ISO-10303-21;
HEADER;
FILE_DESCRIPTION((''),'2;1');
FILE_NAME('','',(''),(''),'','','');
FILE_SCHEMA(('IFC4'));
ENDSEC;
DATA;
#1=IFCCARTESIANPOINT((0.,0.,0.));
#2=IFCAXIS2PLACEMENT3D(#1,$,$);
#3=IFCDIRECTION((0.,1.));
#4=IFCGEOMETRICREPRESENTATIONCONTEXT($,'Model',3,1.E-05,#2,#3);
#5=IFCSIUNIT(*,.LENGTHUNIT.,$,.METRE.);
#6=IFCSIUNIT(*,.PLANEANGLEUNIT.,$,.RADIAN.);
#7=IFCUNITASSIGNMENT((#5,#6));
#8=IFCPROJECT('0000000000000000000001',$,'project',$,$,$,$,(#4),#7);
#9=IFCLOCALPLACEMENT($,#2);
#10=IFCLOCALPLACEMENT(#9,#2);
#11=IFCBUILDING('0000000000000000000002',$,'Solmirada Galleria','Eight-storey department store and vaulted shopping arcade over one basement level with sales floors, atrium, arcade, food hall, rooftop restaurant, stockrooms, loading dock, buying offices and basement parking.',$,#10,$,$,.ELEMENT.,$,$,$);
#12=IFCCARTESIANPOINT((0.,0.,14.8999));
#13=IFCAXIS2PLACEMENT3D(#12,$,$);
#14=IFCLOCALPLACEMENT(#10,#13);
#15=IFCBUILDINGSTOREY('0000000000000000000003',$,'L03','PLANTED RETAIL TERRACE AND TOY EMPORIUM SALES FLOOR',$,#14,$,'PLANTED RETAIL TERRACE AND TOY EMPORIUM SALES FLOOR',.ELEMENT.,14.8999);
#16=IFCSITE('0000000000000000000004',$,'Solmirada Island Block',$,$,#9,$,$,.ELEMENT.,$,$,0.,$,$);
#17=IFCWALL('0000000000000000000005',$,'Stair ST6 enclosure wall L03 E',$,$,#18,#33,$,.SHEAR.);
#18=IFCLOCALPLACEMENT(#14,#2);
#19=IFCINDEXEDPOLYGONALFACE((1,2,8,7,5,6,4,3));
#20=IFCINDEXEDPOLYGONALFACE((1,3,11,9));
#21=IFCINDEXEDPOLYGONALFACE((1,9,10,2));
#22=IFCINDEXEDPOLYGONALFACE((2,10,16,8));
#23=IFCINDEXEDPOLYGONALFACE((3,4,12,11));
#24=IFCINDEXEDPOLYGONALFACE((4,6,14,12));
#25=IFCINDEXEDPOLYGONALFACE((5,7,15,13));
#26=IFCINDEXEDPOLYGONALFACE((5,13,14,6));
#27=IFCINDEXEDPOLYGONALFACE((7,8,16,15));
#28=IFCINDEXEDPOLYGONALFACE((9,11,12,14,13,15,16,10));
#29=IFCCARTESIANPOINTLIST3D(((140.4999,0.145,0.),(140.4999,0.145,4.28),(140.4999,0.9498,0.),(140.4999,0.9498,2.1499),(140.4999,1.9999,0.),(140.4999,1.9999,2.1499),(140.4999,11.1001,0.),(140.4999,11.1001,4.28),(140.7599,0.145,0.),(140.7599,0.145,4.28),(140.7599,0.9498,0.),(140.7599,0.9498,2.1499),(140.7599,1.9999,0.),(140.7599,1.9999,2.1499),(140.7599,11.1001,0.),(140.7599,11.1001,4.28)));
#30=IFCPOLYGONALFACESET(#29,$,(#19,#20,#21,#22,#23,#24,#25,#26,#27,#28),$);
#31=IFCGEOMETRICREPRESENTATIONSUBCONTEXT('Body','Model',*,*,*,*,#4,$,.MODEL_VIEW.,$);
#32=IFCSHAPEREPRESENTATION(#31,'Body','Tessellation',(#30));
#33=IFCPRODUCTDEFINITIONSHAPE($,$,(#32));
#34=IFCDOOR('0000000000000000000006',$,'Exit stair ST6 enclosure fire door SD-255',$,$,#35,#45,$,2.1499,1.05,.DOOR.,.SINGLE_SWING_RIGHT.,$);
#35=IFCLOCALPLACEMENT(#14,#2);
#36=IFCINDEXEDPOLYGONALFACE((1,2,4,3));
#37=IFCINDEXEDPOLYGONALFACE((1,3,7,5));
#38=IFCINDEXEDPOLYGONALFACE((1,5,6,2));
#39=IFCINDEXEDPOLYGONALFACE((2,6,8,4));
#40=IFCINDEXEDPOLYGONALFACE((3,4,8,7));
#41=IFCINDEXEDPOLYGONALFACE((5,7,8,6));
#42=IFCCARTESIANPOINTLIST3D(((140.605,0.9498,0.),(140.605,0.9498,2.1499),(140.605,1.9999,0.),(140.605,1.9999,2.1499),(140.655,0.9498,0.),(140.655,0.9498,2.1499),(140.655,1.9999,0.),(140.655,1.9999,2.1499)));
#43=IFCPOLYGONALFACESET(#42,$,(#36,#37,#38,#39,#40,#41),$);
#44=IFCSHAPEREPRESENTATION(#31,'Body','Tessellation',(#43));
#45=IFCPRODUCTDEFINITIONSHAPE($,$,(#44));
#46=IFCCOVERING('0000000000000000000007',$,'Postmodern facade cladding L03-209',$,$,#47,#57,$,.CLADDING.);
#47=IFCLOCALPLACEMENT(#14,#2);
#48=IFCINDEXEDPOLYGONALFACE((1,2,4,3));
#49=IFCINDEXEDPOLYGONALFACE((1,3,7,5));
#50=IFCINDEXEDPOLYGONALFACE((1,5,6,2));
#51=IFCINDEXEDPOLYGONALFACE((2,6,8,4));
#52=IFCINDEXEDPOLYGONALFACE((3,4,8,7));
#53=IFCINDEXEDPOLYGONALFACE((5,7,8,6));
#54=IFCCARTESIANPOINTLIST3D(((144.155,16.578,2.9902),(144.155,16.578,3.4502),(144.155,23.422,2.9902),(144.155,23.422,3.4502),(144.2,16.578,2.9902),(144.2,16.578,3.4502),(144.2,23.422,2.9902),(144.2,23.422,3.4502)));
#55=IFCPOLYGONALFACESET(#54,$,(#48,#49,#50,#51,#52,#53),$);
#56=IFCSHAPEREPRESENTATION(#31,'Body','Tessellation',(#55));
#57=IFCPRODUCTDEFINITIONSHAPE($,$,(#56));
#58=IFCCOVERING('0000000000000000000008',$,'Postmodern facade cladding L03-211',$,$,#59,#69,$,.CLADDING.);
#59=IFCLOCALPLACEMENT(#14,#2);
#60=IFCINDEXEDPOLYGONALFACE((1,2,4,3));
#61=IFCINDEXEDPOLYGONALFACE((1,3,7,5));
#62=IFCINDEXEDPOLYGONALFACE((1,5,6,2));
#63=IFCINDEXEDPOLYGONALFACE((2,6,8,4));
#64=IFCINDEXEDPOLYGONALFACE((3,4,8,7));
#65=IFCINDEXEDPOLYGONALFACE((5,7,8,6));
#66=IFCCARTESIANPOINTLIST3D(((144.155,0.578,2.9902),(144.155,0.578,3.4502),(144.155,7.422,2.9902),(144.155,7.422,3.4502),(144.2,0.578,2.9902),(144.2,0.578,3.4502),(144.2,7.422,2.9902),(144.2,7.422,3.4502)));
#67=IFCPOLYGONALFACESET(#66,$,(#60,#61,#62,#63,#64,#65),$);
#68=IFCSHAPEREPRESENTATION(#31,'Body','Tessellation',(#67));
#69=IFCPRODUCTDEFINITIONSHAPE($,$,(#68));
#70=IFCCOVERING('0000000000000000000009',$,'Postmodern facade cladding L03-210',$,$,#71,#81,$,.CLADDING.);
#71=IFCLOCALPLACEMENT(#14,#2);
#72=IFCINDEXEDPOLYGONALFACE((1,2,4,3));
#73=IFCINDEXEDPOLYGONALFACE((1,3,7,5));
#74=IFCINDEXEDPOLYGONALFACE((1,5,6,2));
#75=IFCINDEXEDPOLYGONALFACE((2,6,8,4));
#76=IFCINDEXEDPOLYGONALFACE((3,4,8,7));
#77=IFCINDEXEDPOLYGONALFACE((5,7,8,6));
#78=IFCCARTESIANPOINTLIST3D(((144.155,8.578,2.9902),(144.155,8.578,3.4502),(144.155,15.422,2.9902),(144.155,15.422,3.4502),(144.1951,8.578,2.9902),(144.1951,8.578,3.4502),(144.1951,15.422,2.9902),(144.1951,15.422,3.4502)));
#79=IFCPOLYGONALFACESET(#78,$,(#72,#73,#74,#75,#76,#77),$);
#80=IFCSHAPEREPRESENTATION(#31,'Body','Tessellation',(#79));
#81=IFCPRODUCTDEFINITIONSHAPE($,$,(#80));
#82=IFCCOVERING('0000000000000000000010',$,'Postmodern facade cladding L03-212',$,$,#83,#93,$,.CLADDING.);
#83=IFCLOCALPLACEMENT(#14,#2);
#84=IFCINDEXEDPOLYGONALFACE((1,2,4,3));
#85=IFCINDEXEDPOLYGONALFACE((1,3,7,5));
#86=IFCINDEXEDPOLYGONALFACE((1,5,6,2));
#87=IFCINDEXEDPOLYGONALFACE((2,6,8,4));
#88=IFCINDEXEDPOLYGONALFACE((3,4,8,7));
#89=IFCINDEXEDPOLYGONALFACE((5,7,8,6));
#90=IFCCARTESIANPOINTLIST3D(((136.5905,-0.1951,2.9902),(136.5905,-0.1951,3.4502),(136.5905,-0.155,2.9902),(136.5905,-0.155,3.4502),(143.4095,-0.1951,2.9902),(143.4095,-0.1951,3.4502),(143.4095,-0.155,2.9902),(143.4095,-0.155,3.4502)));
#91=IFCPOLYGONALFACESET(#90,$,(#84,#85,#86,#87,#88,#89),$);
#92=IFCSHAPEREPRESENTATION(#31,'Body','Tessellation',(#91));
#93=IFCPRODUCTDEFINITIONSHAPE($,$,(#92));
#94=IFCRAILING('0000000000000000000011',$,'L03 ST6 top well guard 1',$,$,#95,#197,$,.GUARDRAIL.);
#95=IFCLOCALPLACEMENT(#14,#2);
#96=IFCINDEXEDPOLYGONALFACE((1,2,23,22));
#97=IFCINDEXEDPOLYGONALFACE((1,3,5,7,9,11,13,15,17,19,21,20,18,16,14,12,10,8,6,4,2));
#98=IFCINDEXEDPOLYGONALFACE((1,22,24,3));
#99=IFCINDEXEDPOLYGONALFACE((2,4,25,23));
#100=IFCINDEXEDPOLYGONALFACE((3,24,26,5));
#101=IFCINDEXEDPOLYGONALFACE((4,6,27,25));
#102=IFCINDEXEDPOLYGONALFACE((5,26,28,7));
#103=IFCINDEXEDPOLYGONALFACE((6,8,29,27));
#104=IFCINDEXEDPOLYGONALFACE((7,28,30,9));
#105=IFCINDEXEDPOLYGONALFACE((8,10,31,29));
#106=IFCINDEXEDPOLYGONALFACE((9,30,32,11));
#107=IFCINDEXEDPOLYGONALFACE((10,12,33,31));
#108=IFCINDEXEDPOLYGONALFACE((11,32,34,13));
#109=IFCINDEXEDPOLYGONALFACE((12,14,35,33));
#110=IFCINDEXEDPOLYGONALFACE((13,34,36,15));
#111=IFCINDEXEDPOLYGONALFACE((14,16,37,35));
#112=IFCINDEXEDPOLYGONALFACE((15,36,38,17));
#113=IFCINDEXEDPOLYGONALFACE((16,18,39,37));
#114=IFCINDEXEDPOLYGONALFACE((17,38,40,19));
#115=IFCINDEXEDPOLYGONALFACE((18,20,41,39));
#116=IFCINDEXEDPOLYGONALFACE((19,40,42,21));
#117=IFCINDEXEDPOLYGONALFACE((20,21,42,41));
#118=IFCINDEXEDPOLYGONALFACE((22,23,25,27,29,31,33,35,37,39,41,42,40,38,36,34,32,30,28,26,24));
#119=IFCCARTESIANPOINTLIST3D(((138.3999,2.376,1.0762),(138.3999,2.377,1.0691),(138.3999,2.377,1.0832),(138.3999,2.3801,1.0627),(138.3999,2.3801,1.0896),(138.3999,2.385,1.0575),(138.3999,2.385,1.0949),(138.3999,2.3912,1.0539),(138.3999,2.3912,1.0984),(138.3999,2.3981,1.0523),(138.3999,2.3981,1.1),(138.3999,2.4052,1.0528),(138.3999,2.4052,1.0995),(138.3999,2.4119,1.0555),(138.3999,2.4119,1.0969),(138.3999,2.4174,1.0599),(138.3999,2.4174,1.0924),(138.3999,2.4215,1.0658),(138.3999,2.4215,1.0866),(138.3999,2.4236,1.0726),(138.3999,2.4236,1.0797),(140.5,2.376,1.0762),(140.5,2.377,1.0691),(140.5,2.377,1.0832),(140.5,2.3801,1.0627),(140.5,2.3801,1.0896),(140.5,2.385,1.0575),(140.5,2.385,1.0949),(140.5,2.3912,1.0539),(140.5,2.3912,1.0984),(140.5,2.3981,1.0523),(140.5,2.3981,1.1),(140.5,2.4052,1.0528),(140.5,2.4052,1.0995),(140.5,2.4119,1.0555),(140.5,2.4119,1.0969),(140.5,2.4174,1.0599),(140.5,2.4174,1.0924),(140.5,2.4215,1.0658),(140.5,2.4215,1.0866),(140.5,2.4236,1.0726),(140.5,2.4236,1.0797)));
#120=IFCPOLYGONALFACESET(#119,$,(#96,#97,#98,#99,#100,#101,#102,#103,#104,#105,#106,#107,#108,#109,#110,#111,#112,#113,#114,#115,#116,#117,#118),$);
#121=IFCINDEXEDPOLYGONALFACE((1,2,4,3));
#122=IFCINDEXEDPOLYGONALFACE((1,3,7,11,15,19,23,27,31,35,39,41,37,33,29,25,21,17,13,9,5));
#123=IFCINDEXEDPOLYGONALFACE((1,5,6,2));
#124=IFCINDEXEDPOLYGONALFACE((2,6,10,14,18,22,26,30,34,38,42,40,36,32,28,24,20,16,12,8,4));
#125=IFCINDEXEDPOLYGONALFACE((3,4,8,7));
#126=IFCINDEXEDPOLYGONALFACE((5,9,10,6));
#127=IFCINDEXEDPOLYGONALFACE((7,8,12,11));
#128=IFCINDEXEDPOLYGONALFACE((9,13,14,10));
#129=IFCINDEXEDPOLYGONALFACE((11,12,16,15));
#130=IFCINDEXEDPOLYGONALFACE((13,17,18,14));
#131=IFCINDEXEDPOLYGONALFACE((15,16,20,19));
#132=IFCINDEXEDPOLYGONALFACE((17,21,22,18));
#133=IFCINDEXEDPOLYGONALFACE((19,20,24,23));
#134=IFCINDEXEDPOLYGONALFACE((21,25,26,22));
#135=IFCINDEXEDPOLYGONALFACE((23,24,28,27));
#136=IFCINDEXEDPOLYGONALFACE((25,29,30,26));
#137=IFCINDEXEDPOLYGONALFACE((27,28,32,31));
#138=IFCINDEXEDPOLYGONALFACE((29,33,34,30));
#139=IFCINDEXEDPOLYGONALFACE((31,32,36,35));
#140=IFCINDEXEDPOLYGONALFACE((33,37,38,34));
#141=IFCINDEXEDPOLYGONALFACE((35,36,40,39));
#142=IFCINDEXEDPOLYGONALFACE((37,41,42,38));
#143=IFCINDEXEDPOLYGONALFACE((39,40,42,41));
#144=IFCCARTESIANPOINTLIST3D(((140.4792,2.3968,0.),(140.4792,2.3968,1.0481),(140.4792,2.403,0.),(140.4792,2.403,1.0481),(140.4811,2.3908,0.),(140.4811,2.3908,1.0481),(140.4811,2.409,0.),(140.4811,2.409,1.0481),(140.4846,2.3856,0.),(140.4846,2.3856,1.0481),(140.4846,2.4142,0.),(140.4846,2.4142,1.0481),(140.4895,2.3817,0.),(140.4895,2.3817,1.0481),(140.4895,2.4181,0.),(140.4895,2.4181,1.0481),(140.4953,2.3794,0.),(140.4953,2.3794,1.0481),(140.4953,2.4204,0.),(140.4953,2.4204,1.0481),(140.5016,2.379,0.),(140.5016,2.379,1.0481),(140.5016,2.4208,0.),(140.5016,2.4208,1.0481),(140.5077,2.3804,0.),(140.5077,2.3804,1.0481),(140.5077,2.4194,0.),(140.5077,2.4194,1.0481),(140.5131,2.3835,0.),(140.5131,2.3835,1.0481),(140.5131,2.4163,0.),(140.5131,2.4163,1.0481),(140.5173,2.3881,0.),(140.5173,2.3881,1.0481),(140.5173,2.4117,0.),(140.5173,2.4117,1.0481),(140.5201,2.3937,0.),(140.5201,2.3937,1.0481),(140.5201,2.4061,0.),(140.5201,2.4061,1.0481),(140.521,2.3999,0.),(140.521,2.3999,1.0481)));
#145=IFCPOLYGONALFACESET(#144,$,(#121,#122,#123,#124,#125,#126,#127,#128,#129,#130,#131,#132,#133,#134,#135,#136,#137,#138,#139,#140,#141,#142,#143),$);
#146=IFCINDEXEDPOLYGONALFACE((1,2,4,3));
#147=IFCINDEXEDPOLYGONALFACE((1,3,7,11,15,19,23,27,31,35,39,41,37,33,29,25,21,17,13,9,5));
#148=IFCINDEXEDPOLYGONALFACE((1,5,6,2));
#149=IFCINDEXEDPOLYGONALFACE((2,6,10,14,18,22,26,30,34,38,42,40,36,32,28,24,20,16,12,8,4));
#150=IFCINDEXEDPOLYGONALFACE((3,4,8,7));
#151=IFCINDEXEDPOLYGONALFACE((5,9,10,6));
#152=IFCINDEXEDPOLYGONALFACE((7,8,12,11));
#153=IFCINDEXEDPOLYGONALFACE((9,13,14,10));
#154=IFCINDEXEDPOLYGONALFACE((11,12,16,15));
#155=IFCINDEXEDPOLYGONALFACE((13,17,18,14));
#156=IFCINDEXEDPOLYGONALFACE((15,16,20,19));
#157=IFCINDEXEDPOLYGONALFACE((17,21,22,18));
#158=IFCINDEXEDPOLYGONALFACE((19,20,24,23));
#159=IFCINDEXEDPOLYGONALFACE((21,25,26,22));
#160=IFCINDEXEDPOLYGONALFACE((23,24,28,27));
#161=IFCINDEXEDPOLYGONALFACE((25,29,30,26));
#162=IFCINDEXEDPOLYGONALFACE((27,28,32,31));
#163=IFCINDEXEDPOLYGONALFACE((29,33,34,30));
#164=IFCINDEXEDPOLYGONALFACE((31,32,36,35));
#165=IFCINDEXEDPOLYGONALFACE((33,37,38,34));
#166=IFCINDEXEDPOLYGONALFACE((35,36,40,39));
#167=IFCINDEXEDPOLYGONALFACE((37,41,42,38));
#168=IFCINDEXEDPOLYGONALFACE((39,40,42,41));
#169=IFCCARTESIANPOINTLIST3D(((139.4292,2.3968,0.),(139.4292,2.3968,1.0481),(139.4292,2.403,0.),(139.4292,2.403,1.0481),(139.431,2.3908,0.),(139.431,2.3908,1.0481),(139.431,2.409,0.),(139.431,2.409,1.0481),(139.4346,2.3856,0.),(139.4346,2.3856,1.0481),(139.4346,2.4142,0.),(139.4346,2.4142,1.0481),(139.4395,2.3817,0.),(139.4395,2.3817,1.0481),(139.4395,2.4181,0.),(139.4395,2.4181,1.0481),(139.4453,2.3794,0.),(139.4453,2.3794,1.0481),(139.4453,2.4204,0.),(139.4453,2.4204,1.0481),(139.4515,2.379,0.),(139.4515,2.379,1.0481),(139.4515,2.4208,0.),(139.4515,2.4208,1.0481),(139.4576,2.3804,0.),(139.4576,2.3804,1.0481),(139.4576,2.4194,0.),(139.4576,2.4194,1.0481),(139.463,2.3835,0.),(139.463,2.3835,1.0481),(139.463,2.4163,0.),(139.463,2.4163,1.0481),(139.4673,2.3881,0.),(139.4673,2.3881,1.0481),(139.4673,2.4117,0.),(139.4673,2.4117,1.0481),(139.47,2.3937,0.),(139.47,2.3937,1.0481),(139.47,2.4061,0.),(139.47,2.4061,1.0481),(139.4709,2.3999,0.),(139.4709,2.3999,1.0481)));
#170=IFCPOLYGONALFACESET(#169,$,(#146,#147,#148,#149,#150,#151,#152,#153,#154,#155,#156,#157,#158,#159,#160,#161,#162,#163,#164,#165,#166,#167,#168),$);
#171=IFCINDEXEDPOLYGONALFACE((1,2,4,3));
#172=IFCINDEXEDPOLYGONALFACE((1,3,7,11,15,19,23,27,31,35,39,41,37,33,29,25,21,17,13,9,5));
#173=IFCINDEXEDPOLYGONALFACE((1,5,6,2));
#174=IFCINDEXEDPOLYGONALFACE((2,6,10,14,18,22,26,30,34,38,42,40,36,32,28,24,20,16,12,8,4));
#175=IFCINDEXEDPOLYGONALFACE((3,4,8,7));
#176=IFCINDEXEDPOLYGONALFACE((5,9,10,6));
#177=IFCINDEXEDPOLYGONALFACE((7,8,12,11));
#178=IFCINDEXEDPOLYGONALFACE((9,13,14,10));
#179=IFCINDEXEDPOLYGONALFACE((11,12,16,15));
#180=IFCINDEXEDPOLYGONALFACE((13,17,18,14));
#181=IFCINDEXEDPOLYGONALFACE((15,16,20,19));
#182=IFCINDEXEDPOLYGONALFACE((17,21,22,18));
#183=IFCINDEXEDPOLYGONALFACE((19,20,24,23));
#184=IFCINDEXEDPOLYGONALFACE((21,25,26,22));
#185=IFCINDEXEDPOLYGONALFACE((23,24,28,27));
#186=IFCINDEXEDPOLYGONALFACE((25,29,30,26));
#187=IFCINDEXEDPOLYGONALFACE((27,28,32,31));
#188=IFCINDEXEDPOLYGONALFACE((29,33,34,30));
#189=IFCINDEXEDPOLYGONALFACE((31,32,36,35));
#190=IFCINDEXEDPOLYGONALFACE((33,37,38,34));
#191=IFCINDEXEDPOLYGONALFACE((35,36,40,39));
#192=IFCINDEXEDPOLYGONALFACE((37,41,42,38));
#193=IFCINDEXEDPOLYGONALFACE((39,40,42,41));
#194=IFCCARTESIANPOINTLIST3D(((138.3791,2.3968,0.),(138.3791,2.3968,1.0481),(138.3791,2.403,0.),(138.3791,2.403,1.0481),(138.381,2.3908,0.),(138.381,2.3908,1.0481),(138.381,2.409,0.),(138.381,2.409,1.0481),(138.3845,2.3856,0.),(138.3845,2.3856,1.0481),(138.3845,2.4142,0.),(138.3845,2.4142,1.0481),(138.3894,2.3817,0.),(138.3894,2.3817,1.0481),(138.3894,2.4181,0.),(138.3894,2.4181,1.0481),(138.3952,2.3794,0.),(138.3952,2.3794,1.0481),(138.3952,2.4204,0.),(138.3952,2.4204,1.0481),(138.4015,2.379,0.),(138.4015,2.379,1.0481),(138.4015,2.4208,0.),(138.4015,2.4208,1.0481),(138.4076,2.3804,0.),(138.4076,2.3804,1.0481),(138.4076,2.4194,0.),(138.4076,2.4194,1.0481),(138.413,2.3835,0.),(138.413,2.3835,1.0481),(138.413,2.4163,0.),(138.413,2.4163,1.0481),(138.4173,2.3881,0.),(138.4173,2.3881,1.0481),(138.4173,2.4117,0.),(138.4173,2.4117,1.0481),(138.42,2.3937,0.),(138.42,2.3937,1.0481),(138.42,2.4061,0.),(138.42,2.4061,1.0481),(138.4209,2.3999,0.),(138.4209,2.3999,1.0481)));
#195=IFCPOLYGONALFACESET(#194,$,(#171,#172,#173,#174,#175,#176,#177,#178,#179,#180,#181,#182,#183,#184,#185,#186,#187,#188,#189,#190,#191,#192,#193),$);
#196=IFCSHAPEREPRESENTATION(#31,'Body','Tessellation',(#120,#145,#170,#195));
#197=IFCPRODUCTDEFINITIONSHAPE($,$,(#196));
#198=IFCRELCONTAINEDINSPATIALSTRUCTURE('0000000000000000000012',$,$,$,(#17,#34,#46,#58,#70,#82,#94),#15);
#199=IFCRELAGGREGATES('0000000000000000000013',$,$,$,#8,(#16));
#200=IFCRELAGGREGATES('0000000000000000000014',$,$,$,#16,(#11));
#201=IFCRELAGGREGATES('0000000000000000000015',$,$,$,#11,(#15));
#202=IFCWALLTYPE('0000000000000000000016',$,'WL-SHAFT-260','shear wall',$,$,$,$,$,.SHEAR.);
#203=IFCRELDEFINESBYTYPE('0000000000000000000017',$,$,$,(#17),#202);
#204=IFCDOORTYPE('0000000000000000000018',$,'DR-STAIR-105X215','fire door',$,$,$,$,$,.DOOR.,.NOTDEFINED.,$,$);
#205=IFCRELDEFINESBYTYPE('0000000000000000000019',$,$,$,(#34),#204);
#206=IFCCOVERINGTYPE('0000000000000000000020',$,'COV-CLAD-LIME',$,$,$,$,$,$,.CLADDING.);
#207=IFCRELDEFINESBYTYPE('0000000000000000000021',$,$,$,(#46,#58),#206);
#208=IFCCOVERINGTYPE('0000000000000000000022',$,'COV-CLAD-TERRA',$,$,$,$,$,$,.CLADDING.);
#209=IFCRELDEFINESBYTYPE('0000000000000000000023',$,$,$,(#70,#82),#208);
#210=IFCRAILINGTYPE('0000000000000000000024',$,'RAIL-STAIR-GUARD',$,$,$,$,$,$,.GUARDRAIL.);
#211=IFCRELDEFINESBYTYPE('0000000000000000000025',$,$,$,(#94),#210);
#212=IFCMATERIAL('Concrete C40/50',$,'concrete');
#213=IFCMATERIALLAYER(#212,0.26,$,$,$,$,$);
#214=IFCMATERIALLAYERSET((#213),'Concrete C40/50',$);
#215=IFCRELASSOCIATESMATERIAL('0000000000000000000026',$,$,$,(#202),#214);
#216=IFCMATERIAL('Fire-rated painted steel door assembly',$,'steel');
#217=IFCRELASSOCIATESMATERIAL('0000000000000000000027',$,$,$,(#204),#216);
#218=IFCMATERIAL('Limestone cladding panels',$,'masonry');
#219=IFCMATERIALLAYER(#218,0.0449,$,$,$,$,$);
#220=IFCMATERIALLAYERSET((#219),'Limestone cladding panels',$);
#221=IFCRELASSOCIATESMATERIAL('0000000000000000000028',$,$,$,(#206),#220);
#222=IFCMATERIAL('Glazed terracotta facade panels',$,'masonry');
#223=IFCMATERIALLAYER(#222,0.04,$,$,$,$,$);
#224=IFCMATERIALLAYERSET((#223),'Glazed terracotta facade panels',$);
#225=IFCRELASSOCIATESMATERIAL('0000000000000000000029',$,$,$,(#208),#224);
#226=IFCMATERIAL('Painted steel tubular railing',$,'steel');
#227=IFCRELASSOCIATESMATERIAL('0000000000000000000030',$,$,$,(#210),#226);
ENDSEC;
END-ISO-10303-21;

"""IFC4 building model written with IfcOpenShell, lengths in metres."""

from ifc_helpers import new_model, si_unit, direction, frame, frame_2d, origin, origin_2d, place, context, subcontext, project, spatial, rectangle, circle, extrude, material, layer, layer_set, type_object, element, fill, save


model = new_model("IFC4")

# Units and contexts
model_context = context("Model", 3, precision=1e-05, world=origin(), true_north=direction((0.0, 1.0)))
body_context = subcontext(model_context, "Body", "Model", "MODEL_VIEW")
ifc_project = project(units=[si_unit("LENGTHUNIT", "METRE"), si_unit("PLANEANGLEUNIT", "RADIAN")], contexts=[model_context])

# Site, building, storey
site_placement = place(None, origin())
site = spatial("IfcSite", under=ifc_project, at=site_placement, Name="Solmirada Island Block", CompositionType="ELEMENT", RefElevation=0.0)
building_placement = place(site_placement, origin())
building = spatial("IfcBuilding", under=site, at=building_placement, Name="Solmirada Galleria", Description="Eight-storey department store and vaulted shopping arcade over one basement level with sales floors, atrium, arcade, food hall, rooftop restaurant, stockrooms, loading dock, buying offices and basement parking.", CompositionType="ELEMENT")
storey_placement = place(building_placement, frame((0.0, 0.0, 14.8999)))
storey = spatial("IfcBuildingStorey", under=building, at=storey_placement, Name="L03", Description="PLANTED RETAIL TERRACE AND TOY EMPORIUM SALES FLOOR", LongName="PLANTED RETAIL TERRACE AND TOY EMPORIUM SALES FLOOR", CompositionType="ELEMENT", Elevation=14.8999)

# Shared definitions
ifc_material_1 = material(Name="Concrete C40/50", Category="concrete")

# Wall, opening, door
ifc_layer_1 = layer(ifc_material_1, 0.26)
ifc_layer_set_1 = layer_set([ifc_layer_1], Name="Concrete C40/50")
wall_type_1 = type_object("IfcWallType", Name="WL-SHAFT-260", Description="shear wall", PredefinedType="SHEAR", material=ifc_layer_set_1)
wall_1_placement = place(storey_placement, frame((140.6299, 0.145, 0.0), z_axis=(0.0, 0.0, 1.0), x_axis=(0.0, 1.0, 0.0)))
wall_1 = element("IfcWall", 1, at=wall_1_placement, inside=storey, type_object=wall_type_1, Name="Stair ST6 enclosure wall L03 E", PredefinedType="SHEAR", context=body_context, shape_type="SweptSolid", body=[
    extrude(rectangle(XDim=10.9551, YDim=0.26, at=frame_2d((5.4775, 0.0))), origin(), (0.0, 0.0, 1.0), 4.28),
])
opening_1_placement = place(wall_1_placement, frame((0.8049, 0.0, 0.0)))
opening_1 = element("IfcOpeningElement", 2, at=opening_1_placement, cuts=wall_1, PredefinedType="OPENING", context=body_context, shape_type="SweptSolid", body=[
    extrude(rectangle(XDim=1.05, YDim=2.1499, at=frame_2d((0.5249, 1.075))), frame((0.0, 0.1399, 0.0), z_axis=(0.0, -1.0, 0.0), x_axis=(1.0, 0.0, 0.0)), (0.0, 0.0, 1.0), 0.28),
])
ifc_material_2 = material(Name="Fire-rated painted steel door assembly", Category="steel")
door_type_1 = type_object("IfcDoorType", Name="DR-STAIR-105X215", Description="fire door", OperationType="NOTDEFINED", PredefinedType="DOOR", material=ifc_material_2)
door_1_placement = place(opening_1_placement, origin())
door_1 = element("IfcDoor", 3, at=door_1_placement, inside=storey, type_object=door_type_1, Name="Exit stair ST6 enclosure fire door SD-255", OperationType="SINGLE_SWING_RIGHT", OverallHeight=2.1499, OverallWidth=1.05, PredefinedType="DOOR", context=body_context, shape_type="SweptSolid", body=[
    extrude(rectangle(XDim=1.05, YDim=2.1499, at=frame_2d((0.5249, 1.075))), frame((0.0, 0.0249, 0.0), z_axis=(0.0, -1.0, 0.0), x_axis=(1.0, 0.0, 0.0)), (0.0, 0.0, 1.0), 0.05),
])
fill(opening_1, door_1)

# Coverings
ifc_material_3 = material(Name="Limestone cladding panels", Category="masonry")
ifc_layer_2 = layer(ifc_material_3, 0.0449)
ifc_layer_set_2 = layer_set([ifc_layer_2], Name="Limestone cladding panels")
covering_type_1 = type_object("IfcCoveringType", Name="COV-CLAD-LIME", PredefinedType="CLADDING", material=ifc_layer_set_2)
for number, where, z_axis, x_axis, name in (
    (4, (144.1775, 20.0, 2.9902), (0.0, 0.0, 1.0), (0.0, -1.0, 0.0), "Postmodern facade cladding L03-209"),
    (5, (144.1775, 4.0, 2.9902), (0.0, 0.0, 1.0), (0.0, -1.0, 0.0), "Postmodern facade cladding L03-211"),
):
    element("IfcCovering", number, at=place(storey_placement, frame(where, z_axis=z_axis, x_axis=x_axis)), inside=storey, type_object=covering_type_1, Name=name, PredefinedType="CLADDING", context=body_context, shape_type="SweptSolid", body=[
        extrude(rectangle(XDim=6.844, YDim=0.0449, at=origin_2d()), origin(), (0.0, 0.0, 1.0), 0.46),
    ])
ifc_material_4 = material(Name="Glazed terracotta facade panels", Category="masonry")
ifc_layer_3 = layer(ifc_material_4, 0.04)
ifc_layer_set_3 = layer_set([ifc_layer_3], Name="Glazed terracotta facade panels")
covering_type_2 = type_object("IfcCoveringType", Name="COV-CLAD-TERRA", PredefinedType="CLADDING", material=ifc_layer_set_3)
covering_1_placement = place(storey_placement, frame((144.175, 12.0, 2.9902), z_axis=(0.0, 0.0, 1.0), x_axis=(0.0, -1.0, 0.0)))
element("IfcCovering", 6, at=covering_1_placement, inside=storey, type_object=covering_type_2, Name="Postmodern facade cladding L03-210", PredefinedType="CLADDING", context=body_context, shape_type="SweptSolid", body=[
    extrude(rectangle(XDim=6.844, YDim=0.04, at=origin_2d()), origin(), (0.0, 0.0, 1.0), 0.46),
])
covering_2_placement = place(storey_placement, frame((140.0, -0.175, 2.9902), z_axis=(0.0, 0.0, 1.0), x_axis=(-1.0, 0.0, 0.0)))
element("IfcCovering", 7, at=covering_2_placement, inside=storey, type_object=covering_type_2, Name="Postmodern facade cladding L03-212", PredefinedType="CLADDING", context=body_context, shape_type="SweptSolid", body=[
    extrude(rectangle(XDim=6.8191, YDim=0.04, at=origin_2d()), origin(), (0.0, 0.0, 1.0), 0.46),
])

# Railing
ifc_material_5 = material(Name="Painted steel tubular railing", Category="steel")
railing_type_1 = type_object("IfcRailingType", Name="RAIL-STAIR-GUARD", PredefinedType="GUARDRAIL", material=ifc_material_5)
railing_1_placement = place(storey_placement, frame((140.5, 2.3999, 0.0)))
element("IfcRailing", 8, at=railing_1_placement, inside=storey, type_object=railing_type_1, Name="L03 ST6 top well guard 1", PredefinedType="GUARDRAIL", context=body_context, shape_type="SweptSolid", body=[
    extrude(circle(Radius=0.0239, at=origin_2d()), frame((0.0, 0.0, 1.0762), z_axis=(-1.0, 0.0, 0.0), x_axis=(0.0, -1.0, 0.0)), (0.0, 0.0, 1.0), 2.1001),
    extrude(circle(Radius=0.021, at=origin_2d()), origin(), (0.0, 0.0, 1.0), 1.0481),
    extrude(circle(Radius=0.021, at=origin_2d()), frame((-1.05, 0.0, 0.0)), (0.0, 0.0, 1.0), 1.0481),
    extrude(circle(Radius=0.021, at=origin_2d()), frame((-2.1001, 0.0, 0.0)), (0.0, 0.0, 1.0), 1.0481),
])

save(model, "model.ifc")
